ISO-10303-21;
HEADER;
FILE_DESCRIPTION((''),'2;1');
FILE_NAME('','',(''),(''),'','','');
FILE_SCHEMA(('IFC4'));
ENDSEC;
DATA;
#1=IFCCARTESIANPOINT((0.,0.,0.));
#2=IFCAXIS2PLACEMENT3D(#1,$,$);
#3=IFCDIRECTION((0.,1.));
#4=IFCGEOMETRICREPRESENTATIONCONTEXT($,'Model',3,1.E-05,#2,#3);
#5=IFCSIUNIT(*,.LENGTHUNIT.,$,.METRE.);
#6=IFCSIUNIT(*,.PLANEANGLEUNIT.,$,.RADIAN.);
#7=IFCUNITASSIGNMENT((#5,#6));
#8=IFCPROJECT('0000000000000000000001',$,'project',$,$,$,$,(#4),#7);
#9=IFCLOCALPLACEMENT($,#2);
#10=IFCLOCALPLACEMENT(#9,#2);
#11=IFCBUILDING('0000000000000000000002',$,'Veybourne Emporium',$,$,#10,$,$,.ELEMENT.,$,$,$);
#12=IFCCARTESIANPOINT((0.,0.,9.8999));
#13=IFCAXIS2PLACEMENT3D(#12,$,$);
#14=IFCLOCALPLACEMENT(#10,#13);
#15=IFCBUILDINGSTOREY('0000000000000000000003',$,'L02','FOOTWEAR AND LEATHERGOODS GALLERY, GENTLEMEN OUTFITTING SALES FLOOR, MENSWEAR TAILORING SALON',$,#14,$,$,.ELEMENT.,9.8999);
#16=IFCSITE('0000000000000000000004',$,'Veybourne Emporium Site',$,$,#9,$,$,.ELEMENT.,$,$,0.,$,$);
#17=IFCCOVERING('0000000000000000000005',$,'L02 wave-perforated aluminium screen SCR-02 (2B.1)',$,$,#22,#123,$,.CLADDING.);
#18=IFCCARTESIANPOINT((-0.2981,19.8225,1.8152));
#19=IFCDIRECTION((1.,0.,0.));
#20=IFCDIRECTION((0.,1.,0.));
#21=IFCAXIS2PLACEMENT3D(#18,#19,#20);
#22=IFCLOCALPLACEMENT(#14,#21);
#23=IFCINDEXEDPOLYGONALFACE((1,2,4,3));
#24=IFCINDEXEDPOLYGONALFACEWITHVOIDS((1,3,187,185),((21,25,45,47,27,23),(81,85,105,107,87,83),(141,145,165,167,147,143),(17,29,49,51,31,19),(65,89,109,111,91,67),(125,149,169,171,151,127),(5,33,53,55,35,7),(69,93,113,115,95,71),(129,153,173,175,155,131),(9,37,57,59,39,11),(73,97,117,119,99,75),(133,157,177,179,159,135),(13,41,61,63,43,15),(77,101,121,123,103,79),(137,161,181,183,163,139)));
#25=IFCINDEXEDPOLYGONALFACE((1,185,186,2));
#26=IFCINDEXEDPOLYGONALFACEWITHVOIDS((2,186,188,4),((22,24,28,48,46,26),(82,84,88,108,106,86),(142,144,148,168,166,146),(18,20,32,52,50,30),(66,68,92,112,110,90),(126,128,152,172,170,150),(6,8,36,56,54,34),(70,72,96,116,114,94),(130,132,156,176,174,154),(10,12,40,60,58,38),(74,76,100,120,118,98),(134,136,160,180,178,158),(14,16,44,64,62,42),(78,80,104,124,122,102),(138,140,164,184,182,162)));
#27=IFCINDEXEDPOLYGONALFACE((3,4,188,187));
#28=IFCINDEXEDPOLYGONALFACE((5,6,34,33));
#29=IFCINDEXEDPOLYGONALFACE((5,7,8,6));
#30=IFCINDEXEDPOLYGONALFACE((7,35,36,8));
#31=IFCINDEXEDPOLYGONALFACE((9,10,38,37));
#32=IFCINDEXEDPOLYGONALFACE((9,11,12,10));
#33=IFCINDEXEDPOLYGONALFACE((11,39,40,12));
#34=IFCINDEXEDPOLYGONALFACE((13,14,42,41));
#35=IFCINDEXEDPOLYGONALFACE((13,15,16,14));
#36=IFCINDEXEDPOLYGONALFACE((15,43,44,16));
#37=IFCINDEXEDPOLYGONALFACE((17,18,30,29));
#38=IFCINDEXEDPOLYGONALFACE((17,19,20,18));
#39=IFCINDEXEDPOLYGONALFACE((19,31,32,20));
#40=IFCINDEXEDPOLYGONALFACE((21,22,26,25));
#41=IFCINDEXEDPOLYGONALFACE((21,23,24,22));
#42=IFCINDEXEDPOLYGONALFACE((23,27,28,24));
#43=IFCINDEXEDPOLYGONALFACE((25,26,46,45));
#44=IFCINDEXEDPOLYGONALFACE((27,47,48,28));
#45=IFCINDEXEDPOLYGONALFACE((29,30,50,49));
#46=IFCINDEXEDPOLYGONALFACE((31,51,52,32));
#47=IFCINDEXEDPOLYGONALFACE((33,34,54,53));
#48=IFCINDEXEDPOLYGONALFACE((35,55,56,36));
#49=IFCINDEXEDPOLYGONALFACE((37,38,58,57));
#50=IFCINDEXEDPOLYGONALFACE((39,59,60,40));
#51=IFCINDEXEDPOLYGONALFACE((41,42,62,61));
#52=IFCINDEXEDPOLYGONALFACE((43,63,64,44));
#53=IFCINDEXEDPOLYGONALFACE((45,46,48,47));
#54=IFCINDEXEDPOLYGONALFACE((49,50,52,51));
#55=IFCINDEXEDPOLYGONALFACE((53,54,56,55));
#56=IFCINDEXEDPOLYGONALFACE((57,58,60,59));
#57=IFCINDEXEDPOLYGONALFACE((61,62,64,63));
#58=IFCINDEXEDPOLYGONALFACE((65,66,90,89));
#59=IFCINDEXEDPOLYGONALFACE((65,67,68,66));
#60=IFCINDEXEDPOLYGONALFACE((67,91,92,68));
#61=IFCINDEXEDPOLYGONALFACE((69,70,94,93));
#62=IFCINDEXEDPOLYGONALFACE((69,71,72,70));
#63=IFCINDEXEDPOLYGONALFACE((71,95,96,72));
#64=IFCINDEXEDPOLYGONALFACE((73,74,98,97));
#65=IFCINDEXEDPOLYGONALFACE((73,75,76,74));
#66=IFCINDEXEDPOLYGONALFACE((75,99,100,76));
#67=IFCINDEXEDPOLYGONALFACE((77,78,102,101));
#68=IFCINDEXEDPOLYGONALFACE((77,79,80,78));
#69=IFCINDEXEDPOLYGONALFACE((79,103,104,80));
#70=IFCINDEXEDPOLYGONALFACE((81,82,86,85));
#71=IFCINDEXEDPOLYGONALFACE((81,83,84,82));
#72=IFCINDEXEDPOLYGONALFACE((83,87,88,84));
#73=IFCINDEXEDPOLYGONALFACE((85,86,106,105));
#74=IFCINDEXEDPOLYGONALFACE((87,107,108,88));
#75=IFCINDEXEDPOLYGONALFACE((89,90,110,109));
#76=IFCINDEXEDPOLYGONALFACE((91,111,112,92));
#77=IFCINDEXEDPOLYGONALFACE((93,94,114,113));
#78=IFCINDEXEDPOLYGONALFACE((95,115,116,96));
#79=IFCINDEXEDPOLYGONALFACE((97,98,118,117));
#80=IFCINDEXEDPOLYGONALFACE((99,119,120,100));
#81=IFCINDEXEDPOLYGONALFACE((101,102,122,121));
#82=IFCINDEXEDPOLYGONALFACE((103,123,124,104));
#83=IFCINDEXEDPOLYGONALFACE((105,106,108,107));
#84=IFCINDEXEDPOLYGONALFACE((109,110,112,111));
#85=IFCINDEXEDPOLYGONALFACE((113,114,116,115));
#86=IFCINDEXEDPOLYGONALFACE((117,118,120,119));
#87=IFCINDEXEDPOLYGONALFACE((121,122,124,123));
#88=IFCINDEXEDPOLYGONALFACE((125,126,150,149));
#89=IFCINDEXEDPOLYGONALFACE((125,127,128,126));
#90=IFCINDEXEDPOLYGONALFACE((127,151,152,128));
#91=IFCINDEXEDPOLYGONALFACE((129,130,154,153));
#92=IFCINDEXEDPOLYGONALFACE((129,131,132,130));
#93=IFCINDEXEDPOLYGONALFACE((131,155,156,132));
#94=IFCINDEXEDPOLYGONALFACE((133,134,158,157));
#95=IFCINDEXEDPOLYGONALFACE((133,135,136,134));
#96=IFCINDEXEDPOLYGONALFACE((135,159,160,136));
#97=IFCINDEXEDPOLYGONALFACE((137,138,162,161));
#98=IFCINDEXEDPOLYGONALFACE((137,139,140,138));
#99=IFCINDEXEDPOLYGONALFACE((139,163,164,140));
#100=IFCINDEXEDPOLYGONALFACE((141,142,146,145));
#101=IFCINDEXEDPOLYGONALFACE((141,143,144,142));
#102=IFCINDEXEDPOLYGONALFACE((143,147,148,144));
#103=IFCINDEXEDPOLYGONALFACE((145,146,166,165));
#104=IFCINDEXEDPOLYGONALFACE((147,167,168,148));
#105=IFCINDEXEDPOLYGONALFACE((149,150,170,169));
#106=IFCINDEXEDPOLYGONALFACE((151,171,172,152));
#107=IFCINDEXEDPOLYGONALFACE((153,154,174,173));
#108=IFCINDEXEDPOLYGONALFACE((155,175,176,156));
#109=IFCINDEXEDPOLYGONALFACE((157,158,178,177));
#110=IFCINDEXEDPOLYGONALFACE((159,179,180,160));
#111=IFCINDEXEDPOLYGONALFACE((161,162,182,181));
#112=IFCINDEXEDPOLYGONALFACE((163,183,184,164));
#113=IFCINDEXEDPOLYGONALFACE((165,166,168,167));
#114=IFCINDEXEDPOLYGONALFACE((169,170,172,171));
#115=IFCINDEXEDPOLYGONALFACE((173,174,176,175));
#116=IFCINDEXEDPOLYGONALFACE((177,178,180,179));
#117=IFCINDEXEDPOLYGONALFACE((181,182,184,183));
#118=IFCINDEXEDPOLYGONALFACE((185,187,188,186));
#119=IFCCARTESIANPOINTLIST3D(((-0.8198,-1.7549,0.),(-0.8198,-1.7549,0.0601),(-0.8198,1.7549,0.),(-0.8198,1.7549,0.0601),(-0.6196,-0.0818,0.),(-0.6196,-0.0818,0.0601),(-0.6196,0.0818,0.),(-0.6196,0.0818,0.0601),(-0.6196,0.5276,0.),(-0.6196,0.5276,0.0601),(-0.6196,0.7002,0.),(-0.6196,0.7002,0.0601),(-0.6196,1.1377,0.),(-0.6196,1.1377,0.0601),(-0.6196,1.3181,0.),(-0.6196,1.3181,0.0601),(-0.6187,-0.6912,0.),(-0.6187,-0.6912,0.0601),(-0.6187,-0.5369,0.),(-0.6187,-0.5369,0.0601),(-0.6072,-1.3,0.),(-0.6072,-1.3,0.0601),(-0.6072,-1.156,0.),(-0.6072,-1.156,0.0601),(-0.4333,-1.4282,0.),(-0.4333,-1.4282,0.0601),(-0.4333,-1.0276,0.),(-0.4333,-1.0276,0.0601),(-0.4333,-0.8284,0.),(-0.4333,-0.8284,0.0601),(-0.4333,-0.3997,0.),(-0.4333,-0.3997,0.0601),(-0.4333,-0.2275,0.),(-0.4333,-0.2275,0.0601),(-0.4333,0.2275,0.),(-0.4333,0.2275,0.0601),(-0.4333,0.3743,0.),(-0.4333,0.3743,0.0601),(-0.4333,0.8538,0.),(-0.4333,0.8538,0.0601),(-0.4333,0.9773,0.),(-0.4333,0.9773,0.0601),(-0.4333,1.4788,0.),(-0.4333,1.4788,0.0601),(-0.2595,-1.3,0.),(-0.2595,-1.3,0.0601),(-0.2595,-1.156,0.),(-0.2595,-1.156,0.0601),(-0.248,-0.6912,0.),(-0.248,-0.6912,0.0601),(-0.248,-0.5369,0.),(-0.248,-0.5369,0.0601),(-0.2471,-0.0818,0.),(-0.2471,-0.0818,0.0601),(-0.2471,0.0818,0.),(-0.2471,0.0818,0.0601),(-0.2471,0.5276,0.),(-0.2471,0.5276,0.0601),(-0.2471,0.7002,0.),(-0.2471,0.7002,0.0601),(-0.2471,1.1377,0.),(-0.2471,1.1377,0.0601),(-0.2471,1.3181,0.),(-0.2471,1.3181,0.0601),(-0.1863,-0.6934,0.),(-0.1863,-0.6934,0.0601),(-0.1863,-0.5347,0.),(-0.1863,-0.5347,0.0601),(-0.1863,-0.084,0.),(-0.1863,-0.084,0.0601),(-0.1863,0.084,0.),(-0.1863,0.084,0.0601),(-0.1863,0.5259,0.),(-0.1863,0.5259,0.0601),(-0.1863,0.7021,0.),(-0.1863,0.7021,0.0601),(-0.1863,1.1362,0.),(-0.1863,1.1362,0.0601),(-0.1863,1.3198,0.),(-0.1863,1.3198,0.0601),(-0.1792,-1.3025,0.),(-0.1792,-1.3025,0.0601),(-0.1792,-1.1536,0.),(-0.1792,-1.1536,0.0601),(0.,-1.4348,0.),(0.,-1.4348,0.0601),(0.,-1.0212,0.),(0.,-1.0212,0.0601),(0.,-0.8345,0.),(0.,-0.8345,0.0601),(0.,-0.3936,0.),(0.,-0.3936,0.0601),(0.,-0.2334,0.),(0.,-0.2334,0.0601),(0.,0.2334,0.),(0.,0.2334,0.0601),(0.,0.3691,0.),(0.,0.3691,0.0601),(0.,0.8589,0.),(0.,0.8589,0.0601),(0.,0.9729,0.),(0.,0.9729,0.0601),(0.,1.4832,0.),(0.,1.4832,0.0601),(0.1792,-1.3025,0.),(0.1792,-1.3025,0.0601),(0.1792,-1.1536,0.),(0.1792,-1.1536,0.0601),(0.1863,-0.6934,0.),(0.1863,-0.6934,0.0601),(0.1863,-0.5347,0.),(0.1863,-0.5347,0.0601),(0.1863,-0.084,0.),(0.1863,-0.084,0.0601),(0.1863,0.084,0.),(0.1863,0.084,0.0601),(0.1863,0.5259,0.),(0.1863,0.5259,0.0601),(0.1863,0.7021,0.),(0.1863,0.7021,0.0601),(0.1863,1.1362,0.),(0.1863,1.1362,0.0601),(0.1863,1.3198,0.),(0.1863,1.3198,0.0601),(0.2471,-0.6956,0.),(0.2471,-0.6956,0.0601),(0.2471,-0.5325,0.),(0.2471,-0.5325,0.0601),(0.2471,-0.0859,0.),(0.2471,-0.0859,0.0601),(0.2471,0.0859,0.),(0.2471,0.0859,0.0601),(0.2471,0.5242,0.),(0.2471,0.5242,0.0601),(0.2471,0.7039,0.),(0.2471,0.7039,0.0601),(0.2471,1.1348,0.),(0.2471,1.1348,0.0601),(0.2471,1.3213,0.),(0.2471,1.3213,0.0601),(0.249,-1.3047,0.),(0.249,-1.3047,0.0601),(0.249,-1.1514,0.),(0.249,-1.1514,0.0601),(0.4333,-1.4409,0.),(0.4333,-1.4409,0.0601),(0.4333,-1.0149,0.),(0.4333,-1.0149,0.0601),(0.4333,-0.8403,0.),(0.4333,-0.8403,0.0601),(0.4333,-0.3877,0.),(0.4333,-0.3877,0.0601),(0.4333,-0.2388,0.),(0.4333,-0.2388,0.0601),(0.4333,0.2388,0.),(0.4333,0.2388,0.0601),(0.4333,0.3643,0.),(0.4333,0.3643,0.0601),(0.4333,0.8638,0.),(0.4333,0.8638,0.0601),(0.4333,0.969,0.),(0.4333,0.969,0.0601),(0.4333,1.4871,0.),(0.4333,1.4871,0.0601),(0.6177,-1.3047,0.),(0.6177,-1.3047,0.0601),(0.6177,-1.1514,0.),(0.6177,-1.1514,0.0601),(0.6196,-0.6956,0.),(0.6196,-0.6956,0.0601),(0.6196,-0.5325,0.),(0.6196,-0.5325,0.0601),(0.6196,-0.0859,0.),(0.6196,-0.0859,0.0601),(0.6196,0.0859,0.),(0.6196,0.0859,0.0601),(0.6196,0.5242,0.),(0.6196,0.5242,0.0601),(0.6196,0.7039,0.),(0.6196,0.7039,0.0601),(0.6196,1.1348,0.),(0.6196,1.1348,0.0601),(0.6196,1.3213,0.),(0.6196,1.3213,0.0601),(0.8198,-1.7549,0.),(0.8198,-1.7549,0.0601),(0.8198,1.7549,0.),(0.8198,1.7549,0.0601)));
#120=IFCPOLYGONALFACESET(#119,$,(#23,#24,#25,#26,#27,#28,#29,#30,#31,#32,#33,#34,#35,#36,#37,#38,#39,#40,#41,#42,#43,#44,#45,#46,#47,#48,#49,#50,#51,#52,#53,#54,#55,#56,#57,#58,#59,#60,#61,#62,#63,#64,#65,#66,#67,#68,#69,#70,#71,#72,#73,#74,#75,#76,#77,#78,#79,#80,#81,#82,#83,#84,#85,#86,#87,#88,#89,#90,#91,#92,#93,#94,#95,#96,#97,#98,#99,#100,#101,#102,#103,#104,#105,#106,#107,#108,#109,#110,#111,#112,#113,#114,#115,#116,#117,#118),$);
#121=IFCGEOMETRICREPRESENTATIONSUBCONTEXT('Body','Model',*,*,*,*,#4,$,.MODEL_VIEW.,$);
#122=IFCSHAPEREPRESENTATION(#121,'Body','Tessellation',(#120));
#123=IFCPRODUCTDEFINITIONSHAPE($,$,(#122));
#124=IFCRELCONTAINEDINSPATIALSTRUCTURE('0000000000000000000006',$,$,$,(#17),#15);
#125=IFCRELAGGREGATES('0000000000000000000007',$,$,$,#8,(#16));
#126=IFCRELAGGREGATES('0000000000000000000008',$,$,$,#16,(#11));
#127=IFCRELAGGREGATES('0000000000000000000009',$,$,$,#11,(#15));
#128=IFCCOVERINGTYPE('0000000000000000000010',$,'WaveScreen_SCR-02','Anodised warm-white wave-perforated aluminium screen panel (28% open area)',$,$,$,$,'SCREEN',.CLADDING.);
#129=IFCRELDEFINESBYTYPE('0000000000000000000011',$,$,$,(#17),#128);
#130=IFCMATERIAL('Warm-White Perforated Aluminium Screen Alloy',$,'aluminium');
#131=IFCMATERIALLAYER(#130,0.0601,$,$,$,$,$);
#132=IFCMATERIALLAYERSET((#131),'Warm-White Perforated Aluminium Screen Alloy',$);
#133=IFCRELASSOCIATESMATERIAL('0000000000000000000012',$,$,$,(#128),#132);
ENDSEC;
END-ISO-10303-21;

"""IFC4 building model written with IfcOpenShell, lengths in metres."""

from ifc_helpers import new_model, si_unit, direction, frame, origin, place, context, subcontext, project, spatial, polyline, outline, extrude, material, layer, layer_set, type_object, element, save


model = new_model("IFC4")

# Units and contexts
model_context = context("Model", 3, precision=1e-05, world=origin(), true_north=direction((0.0, 1.0)))
body_context = subcontext(model_context, "Body", "Model", "MODEL_VIEW")
ifc_project = project(units=[si_unit("LENGTHUNIT", "METRE"), si_unit("PLANEANGLEUNIT", "RADIAN")], contexts=[model_context])

# Site, building, storey
site_placement = place(None, origin())
site = spatial("IfcSite", under=ifc_project, at=site_placement, Name="Veybourne Emporium Site", CompositionType="ELEMENT", RefElevation=0.0)
building_placement = place(site_placement, origin())
building = spatial("IfcBuilding", under=site, at=building_placement, Name="Veybourne Emporium", CompositionType="ELEMENT")
storey_placement = place(building_placement, frame((0.0, 0.0, 9.8999)))
storey = spatial("IfcBuildingStorey", under=building, at=storey_placement, Name="L02", Description="FOOTWEAR AND LEATHERGOODS GALLERY, GENTLEMEN OUTFITTING SALES FLOOR, MENSWEAR TAILORING SALON", CompositionType="ELEMENT", Elevation=9.8999)

# Covering
ifc_material_1 = material(Name="Warm-White Perforated Aluminium Screen Alloy", Category="aluminium")
ifc_layer_1 = layer(ifc_material_1, 0.0601)
ifc_layer_set_1 = layer_set([ifc_layer_1], Name="Warm-White Perforated Aluminium Screen Alloy")
covering_type_1 = type_object("IfcCoveringType", Name="WaveScreen_SCR-02", Description="Anodised warm-white wave-perforated aluminium screen panel (28% open area)", ElementType="SCREEN", PredefinedType="CLADDING", material=ifc_layer_set_1)
covering_1_placement = place(storey_placement, frame((-0.2981, 19.8225, 1.8152), z_axis=(1.0, 0.0, 0.0), x_axis=(0.0, 1.0, 0.0)))
element("IfcCovering", 1, at=covering_1_placement, inside=storey, type_object=covering_type_1, Name="L02 wave-perforated aluminium screen SCR-02 (2B.1)", PredefinedType="CLADDING", context=body_context, shape_type="SweptSolid", body=[
    extrude(outline(polyline([(-0.8198, -1.7549), (0.8198, -1.7549), (0.8198, 1.7549), (-0.8198, 1.7549), (-0.8198, -1.7549)]), holes=[polyline([(-0.4333, -1.0276), (-0.2595, -1.156), (-0.2595, -1.3), (-0.4333, -1.4282), (-0.6072, -1.3), (-0.6072, -1.156), (-0.4333, -1.0276)]), polyline([(-0.4333, -0.3997), (-0.248, -0.5369), (-0.248, -0.6912), (-0.4333, -0.8284), (-0.6187, -0.6912), (-0.6187, -0.5369), (-0.4333, -0.3997)]), polyline([(-0.4333, 0.2275), (-0.2471, 0.0818), (-0.2471, -0.0818), (-0.4333, -0.2275), (-0.6196, -0.0818), (-0.6196, 0.0818), (-0.4333, 0.2275)]), polyline([(-0.4333, 0.8538), (-0.2471, 0.7002), (-0.2471, 0.5276), (-0.4333, 0.3743), (-0.6196, 0.5276), (-0.6196, 0.7002), (-0.4333, 0.8538)]), polyline([(-0.4333, 1.4788), (-0.2471, 1.3181), (-0.2471, 1.1377), (-0.4333, 0.9773), (-0.6196, 1.1377), (-0.6196, 1.3181), (-0.4333, 1.4788)]), polyline([(0.0, -1.0212), (0.1792, -1.1536), (0.1792, -1.3025), (0.0, -1.4348), (-0.1792, -1.3025), (-0.1792, -1.1536), (0.0, -1.0212)]), polyline([(0.0, -0.3936), (0.1863, -0.5347), (0.1863, -0.6934), (0.0, -0.8345), (-0.1863, -0.6934), (-0.1863, -0.5347), (0.0, -0.3936)]), polyline([(0.0, 0.2334), (0.1863, 0.084), (0.1863, -0.084), (0.0, -0.2334), (-0.1863, -0.084), (-0.1863, 0.084), (0.0, 0.2334)]), polyline([(0.0, 0.8589), (0.1863, 0.7021), (0.1863, 0.5259), (0.0, 0.3691), (-0.1863, 0.5259), (-0.1863, 0.7021), (0.0, 0.8589)]), polyline([(0.0, 1.4832), (0.1863, 1.3198), (0.1863, 1.1362), (0.0, 0.9729), (-0.1863, 1.1362), (-0.1863, 1.3198), (0.0, 1.4832)]), polyline([(0.4333, -1.0149), (0.6177, -1.1514), (0.6177, -1.3047), (0.4333, -1.4409), (0.249, -1.3047), (0.249, -1.1514), (0.4333, -1.0149)]), polyline([(0.4333, -0.3877), (0.6196, -0.5325), (0.6196, -0.6956), (0.4333, -0.8403), (0.2471, -0.6956), (0.2471, -0.5325), (0.4333, -0.3877)]), polyline([(0.4333, 0.2388), (0.6196, 0.0859), (0.6196, -0.0859), (0.4333, -0.2388), (0.2471, -0.0859), (0.2471, 0.0859), (0.4333, 0.2388)]), polyline([(0.4333, 0.8638), (0.6196, 0.7039), (0.6196, 0.5242), (0.4333, 0.3643), (0.2471, 0.5242), (0.2471, 0.7039), (0.4333, 0.8638)]), polyline([(0.4333, 1.4871), (0.6196, 1.3213), (0.6196, 1.1348), (0.4333, 0.969), (0.2471, 1.1348), (0.2471, 1.3213), (0.4333, 1.4871)])]), origin(), (0.0, 0.0, 1.0), 0.0601),
])

save(model, "model.ifc")
